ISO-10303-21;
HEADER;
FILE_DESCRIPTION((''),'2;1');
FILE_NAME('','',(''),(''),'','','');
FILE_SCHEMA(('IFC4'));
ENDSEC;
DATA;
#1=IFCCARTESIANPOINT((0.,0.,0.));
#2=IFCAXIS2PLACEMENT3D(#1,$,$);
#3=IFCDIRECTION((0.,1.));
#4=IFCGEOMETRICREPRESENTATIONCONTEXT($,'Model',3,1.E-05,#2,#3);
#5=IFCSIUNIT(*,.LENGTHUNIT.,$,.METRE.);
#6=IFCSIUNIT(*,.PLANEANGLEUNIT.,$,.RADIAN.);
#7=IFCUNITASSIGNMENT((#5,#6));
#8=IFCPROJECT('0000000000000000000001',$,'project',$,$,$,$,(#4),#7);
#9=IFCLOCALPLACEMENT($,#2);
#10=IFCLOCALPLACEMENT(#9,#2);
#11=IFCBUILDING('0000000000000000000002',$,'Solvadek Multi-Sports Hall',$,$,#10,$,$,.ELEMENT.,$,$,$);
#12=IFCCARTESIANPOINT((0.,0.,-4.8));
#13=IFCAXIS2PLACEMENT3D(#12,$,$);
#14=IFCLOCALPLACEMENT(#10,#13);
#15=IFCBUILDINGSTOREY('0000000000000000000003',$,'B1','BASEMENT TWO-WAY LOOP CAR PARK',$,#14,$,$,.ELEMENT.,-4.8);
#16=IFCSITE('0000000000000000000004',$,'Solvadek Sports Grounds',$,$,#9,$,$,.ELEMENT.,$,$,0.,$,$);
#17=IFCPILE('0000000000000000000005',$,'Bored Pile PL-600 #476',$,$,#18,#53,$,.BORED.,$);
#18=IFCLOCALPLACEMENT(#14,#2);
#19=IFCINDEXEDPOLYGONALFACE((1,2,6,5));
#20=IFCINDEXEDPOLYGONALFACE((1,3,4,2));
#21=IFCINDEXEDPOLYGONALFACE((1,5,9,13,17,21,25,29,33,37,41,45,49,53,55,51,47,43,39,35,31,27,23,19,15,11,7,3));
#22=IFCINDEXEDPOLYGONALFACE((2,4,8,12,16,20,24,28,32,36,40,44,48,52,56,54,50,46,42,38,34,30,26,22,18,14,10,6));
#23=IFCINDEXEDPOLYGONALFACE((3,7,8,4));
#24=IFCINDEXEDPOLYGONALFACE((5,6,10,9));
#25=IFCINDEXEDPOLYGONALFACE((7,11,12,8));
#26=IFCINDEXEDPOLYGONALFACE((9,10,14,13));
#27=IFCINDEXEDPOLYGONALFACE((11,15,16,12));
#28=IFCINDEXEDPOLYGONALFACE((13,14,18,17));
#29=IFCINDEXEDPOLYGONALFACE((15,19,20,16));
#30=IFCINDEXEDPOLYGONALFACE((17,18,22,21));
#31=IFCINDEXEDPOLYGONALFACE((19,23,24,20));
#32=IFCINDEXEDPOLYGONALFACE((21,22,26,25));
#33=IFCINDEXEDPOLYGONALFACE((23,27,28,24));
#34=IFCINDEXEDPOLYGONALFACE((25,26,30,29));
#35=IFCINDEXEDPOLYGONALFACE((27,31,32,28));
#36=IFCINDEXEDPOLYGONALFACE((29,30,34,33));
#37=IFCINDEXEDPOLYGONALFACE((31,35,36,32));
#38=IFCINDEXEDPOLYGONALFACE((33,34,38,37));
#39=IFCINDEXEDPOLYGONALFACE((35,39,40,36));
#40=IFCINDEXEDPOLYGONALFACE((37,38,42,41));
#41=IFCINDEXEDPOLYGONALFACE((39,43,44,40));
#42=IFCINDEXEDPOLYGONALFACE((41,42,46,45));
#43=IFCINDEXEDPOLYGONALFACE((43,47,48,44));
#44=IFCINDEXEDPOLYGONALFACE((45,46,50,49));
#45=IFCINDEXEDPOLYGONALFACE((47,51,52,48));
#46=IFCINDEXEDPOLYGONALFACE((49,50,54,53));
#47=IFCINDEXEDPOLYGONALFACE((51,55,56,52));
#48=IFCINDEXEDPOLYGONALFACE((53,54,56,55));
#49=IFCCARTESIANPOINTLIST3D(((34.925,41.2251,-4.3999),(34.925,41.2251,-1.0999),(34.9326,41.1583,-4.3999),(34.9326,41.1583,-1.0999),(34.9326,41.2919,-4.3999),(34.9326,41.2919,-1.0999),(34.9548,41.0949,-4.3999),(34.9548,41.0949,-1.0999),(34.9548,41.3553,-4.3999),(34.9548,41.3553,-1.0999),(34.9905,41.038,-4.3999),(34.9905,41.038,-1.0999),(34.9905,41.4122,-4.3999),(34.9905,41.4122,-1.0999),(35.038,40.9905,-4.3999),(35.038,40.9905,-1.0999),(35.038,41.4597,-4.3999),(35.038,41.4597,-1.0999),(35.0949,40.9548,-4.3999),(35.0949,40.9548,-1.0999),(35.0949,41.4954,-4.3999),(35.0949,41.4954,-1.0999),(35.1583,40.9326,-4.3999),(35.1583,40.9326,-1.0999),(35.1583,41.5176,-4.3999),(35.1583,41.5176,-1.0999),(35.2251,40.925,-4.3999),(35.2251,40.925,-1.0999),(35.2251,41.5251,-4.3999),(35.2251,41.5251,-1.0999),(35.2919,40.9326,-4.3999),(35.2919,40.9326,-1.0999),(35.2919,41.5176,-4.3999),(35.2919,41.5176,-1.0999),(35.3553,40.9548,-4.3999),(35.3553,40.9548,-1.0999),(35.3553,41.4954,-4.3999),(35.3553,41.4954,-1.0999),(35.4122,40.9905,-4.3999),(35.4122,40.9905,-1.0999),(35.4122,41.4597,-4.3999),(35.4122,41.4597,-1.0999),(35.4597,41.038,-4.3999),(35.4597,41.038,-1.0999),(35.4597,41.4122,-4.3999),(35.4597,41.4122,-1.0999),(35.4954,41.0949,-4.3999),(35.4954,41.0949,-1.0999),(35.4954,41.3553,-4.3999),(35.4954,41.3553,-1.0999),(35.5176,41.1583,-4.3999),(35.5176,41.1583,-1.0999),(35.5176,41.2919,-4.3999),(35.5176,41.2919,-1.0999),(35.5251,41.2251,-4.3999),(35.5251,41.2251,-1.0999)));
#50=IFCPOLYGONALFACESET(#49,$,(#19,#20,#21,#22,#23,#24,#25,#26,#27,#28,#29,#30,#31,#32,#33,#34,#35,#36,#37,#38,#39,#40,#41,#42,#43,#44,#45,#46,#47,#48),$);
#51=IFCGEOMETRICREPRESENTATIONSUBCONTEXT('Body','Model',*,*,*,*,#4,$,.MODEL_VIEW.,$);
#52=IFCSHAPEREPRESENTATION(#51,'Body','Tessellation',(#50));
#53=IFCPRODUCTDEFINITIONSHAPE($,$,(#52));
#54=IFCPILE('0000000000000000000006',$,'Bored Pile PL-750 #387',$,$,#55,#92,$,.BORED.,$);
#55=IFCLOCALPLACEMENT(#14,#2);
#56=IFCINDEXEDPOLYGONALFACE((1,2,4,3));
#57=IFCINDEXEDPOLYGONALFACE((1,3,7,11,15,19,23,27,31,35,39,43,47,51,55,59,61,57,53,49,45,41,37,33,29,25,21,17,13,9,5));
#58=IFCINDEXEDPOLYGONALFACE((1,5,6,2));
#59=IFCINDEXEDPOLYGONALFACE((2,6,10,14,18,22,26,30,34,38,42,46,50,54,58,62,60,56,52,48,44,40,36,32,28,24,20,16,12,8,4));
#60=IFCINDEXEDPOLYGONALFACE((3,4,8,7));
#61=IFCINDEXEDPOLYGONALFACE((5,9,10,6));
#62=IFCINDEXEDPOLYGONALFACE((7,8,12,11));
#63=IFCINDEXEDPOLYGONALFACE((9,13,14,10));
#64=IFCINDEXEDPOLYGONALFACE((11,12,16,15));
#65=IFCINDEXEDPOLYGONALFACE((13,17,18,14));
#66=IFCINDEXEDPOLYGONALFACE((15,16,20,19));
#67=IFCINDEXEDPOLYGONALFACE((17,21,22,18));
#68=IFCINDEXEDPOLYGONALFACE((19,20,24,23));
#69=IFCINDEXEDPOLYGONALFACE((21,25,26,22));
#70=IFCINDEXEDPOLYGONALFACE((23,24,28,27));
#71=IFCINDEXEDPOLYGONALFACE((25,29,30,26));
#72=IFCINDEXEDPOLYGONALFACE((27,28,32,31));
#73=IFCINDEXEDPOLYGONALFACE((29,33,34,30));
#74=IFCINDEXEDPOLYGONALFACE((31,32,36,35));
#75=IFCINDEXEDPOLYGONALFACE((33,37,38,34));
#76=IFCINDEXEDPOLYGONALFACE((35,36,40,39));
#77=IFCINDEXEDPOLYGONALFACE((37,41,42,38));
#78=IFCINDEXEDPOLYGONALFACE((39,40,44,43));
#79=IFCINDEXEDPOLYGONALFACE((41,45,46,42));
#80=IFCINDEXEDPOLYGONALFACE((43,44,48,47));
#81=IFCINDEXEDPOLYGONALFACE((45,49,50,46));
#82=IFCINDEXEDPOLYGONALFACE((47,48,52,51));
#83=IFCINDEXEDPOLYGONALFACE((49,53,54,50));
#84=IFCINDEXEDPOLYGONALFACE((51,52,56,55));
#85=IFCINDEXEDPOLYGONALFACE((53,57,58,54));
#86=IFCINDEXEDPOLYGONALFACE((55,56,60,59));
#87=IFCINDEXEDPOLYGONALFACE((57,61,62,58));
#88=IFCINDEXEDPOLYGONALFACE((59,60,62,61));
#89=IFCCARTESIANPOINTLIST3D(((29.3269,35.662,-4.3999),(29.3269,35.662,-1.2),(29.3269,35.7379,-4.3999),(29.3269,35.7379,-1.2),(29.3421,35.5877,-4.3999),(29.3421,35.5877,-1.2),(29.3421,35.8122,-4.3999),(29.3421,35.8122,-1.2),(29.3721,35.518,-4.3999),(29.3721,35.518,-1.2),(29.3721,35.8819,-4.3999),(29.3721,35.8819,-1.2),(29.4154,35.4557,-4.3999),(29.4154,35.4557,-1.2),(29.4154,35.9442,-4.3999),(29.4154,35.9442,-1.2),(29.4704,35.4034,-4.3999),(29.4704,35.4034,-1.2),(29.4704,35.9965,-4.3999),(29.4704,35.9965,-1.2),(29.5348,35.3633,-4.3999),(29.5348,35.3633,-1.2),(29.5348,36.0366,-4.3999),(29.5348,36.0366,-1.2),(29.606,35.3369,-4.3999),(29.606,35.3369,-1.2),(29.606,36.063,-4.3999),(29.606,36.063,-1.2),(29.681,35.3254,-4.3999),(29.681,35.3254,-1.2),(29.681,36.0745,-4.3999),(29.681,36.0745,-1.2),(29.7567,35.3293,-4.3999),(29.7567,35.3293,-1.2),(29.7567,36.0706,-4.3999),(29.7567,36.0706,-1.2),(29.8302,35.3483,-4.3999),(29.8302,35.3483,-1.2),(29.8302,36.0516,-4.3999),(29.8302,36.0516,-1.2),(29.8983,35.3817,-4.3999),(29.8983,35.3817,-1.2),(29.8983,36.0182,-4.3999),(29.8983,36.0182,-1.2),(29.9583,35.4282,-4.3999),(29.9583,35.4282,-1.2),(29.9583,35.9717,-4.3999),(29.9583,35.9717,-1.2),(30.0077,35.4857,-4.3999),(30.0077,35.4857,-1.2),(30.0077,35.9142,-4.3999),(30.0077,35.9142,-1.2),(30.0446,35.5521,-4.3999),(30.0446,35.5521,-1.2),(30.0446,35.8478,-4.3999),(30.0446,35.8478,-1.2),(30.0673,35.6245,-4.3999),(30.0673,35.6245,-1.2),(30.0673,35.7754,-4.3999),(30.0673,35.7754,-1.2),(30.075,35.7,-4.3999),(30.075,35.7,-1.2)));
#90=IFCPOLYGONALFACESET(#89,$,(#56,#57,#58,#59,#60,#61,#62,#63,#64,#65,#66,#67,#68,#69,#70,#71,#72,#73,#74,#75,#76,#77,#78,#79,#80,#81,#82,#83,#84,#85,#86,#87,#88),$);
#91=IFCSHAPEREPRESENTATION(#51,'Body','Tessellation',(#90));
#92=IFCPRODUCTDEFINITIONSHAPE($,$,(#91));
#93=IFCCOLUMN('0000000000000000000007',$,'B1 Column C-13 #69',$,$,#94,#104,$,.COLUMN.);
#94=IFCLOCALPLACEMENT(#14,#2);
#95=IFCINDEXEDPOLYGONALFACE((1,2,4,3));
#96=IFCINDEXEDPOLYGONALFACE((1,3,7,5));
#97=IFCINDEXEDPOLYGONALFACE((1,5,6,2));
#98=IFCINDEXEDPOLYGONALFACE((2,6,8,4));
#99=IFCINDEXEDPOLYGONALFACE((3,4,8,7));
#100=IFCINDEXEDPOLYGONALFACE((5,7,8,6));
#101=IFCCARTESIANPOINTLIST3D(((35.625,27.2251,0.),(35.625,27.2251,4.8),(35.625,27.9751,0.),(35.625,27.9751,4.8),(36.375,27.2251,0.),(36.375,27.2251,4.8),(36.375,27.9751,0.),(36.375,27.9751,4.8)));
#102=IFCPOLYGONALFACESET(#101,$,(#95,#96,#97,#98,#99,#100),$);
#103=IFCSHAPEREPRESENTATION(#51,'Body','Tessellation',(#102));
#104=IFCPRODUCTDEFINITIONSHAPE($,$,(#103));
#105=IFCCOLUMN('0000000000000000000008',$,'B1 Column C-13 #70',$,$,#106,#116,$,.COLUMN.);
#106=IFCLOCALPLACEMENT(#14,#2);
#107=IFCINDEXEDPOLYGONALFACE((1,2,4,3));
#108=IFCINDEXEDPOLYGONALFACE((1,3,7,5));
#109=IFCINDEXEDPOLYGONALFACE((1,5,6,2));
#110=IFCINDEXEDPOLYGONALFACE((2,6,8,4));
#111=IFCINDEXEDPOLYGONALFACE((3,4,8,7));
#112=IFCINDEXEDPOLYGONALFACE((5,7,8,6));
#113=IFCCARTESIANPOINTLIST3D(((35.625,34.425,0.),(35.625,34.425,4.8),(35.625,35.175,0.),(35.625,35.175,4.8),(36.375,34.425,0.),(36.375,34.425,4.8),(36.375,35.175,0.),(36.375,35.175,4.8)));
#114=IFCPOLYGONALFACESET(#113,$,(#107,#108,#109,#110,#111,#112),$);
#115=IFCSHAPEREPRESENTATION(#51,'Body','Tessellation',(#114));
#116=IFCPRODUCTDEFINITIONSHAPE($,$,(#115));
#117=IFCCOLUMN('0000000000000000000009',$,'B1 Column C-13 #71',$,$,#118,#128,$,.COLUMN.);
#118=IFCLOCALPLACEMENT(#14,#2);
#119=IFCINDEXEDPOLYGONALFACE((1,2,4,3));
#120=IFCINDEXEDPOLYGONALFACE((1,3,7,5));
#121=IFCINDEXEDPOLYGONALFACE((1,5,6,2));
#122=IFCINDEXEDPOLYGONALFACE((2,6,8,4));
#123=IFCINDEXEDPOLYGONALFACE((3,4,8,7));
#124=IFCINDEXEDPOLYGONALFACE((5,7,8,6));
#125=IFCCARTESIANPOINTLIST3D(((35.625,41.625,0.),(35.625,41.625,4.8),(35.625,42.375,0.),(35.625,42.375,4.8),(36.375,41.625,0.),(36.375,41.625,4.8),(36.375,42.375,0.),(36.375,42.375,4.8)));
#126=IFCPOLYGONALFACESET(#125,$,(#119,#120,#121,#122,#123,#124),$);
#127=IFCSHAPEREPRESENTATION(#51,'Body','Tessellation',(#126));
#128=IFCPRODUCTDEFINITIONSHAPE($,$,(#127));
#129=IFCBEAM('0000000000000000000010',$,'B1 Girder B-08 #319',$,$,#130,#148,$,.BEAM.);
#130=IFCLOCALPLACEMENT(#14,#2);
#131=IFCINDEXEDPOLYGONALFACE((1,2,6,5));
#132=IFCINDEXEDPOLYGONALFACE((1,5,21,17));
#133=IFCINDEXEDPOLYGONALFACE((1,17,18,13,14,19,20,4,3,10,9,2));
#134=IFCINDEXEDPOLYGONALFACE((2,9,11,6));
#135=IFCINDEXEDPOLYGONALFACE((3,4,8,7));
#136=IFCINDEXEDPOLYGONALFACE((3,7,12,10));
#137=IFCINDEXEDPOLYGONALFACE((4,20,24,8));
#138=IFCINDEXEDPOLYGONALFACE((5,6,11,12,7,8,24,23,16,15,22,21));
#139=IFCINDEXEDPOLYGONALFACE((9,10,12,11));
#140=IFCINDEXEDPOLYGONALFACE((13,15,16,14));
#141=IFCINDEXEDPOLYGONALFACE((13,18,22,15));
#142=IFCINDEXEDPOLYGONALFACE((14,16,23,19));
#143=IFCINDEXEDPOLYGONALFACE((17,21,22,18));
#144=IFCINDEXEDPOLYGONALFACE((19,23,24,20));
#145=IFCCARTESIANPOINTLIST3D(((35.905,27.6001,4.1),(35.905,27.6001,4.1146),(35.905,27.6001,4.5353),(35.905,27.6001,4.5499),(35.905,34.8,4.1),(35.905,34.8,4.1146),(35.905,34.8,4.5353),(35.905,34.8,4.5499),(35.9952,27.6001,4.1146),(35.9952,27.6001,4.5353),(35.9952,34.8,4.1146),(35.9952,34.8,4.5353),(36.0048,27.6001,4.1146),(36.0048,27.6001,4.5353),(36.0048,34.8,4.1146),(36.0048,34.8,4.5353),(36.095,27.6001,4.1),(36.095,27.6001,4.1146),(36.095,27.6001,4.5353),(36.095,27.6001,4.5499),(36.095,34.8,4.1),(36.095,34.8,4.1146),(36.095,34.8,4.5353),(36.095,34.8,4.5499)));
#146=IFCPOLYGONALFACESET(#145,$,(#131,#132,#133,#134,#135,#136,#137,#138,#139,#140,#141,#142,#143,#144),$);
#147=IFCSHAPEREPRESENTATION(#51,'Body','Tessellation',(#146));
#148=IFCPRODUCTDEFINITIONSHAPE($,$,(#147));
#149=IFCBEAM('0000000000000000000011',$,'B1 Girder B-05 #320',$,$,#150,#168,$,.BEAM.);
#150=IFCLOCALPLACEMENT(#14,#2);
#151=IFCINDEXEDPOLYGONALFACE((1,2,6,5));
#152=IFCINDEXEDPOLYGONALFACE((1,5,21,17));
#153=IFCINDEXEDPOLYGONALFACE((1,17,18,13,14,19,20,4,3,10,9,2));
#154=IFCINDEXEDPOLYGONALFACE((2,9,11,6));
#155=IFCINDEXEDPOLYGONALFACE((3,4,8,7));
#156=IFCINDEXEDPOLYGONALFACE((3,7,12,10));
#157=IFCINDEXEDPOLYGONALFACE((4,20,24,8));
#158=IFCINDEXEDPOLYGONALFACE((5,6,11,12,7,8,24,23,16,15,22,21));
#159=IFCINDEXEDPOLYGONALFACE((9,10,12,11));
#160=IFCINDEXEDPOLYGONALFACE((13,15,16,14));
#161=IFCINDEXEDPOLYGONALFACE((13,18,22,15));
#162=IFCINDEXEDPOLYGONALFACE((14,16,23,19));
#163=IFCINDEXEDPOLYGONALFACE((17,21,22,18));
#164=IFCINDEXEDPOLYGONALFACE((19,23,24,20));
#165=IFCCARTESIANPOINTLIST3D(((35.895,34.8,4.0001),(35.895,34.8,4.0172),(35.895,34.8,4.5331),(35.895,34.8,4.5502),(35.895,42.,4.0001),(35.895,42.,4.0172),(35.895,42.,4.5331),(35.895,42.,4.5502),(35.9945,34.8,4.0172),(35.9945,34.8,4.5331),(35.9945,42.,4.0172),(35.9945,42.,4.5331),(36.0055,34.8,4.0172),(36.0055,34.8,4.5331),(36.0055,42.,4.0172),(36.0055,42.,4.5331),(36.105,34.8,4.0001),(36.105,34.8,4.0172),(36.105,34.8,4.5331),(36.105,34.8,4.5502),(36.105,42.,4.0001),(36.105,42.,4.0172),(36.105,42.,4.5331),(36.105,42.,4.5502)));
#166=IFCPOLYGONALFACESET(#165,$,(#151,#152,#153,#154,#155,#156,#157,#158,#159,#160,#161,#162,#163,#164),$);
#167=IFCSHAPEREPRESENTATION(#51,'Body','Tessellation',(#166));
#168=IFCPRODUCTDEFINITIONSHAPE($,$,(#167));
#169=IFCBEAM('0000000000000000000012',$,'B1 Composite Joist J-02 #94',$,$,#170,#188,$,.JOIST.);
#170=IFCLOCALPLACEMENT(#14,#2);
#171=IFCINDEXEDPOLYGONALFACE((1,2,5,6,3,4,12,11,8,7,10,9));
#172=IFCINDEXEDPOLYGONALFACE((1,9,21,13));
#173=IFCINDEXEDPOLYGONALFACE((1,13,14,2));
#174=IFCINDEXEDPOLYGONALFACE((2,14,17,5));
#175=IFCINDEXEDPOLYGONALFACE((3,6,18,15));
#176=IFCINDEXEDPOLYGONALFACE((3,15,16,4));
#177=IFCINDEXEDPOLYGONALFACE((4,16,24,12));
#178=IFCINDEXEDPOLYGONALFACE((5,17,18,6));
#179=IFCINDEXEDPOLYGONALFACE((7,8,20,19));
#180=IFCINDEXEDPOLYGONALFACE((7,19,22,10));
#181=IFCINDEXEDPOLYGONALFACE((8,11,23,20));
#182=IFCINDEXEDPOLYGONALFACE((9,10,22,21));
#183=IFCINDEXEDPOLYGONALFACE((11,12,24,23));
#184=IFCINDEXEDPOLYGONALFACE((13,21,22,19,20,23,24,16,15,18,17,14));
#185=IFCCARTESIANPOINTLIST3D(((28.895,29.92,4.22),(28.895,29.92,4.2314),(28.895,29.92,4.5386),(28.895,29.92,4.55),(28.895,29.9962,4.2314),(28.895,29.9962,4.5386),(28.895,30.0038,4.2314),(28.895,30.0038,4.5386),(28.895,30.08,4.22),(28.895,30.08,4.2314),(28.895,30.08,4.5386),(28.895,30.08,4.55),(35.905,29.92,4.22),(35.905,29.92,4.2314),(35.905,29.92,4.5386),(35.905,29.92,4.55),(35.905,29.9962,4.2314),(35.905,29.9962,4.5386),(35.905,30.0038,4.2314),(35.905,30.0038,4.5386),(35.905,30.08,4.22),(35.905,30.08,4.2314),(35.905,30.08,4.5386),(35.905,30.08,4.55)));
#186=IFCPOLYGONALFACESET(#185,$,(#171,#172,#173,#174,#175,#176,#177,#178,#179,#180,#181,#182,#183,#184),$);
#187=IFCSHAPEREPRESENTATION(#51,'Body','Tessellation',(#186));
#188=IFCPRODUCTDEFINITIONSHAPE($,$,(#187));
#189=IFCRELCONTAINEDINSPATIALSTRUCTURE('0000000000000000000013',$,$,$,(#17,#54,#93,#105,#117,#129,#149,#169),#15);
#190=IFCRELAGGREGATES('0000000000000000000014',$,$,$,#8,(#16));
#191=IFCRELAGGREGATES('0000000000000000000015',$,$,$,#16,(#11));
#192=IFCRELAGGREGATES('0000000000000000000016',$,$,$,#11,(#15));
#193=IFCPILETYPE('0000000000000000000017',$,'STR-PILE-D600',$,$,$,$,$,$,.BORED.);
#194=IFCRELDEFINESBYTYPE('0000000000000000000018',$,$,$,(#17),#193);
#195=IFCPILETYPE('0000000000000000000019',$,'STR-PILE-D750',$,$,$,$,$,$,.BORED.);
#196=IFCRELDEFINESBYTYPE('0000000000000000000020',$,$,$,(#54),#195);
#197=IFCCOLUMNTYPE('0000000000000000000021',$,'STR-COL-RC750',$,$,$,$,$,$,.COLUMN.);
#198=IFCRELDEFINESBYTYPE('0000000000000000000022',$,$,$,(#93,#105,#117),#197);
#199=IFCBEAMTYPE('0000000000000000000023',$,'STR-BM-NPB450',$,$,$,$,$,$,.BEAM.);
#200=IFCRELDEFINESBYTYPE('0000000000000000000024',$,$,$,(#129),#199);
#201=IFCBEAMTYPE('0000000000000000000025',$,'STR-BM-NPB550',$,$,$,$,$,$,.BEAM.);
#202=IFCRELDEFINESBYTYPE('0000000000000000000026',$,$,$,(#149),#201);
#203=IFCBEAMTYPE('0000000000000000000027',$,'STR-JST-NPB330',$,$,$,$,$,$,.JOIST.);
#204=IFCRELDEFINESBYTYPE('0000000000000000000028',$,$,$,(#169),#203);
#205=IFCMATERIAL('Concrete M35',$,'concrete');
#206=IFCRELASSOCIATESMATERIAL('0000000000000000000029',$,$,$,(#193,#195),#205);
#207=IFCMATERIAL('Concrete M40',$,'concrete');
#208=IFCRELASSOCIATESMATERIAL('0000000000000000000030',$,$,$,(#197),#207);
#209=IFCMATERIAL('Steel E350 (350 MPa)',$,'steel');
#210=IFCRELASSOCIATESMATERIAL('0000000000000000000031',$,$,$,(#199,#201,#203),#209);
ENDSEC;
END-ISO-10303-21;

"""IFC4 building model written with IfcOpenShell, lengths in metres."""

from ifc_helpers import new_model, si_unit, direction, frame, origin, origin_2d, place, context, subcontext, project, spatial, rectangle, circle, i_section, extrude, material, material_profile, profile_set, type_object, element, save


model = new_model("IFC4")

# Units and contexts
model_context = context("Model", 3, precision=1e-05, world=origin(), true_north=direction((0.0, 1.0)))
body_context = subcontext(model_context, "Body", "Model", "MODEL_VIEW")
ifc_project = project(units=[si_unit("LENGTHUNIT", "METRE"), si_unit("PLANEANGLEUNIT", "RADIAN")], contexts=[model_context])

# Site, building, storey
site_placement = place(None, origin())
site = spatial("IfcSite", under=ifc_project, at=site_placement, Name="Solvadek Sports Grounds", CompositionType="ELEMENT", RefElevation=0.0)
building_placement = place(site_placement, origin())
building = spatial("IfcBuilding", under=site, at=building_placement, Name="Solvadek Multi-Sports Hall", CompositionType="ELEMENT")
storey_placement = place(building_placement, frame((0.0, 0.0, -4.8)))
storey = spatial("IfcBuildingStorey", under=building, at=storey_placement, Name="B1", Description="BASEMENT TWO-WAY LOOP CAR PARK", CompositionType="ELEMENT", Elevation=-4.8)

# Shared definitions
ifc_material_1 = material(Name="Concrete M40", Category="concrete")

# Piles
ifc_material_2 = material(Name="Concrete M35", Category="concrete")
ifc_material_profile_1 = material_profile(ifc_material_2, circle(Radius=0.3, at=origin_2d()), Name="BORED PILE D600")
ifc_profile_set_1 = profile_set([ifc_material_profile_1], Name="Concrete M35")
pile_type_1 = type_object("IfcPileType", Name="STR-PILE-D600", PredefinedType="BORED", material=ifc_profile_set_1)
for number, where, z_axis, x_axis, name in (
    (1, (35.2251, 41.2251, -1.0999), (0.0, 0.0, -1.0), (1.0, 0.0, 0.0), "Bored Pile PL-600 #476"),
):
    element("IfcPile", number, at=place(storey_placement, frame(where, z_axis=z_axis, x_axis=x_axis)), inside=storey, type_object=pile_type_1, Name=name, PredefinedType="BORED", context=body_context, shape_type="SweptSolid", body=[
        extrude(circle(Radius=0.3, at=origin_2d()), origin(), (0.0, 0.0, 1.0), 3.3),
    ])
ifc_material_profile_2 = material_profile(ifc_material_2, circle(Radius=0.375, at=origin_2d()), Name="BORED PILE D750")
ifc_profile_set_2 = profile_set([ifc_material_profile_2], Name="Concrete M35")
pile_type_2 = type_object("IfcPileType", Name="STR-PILE-D750", PredefinedType="BORED", material=ifc_profile_set_2)
pile_1_placement = place(storey_placement, frame((29.7, 35.7, -1.2), z_axis=(0.0, 0.0, -1.0), x_axis=(1.0, 0.0, 0.0)))
element("IfcPile", 2, at=pile_1_placement, inside=storey, type_object=pile_type_2, Name="Bored Pile PL-750 #387", PredefinedType="BORED", context=body_context, shape_type="SweptSolid", body=[
    extrude(circle(Radius=0.375, at=origin_2d()), origin(), (0.0, 0.0, 1.0), 3.2),
])

# Columns
ifc_material_profile_3 = material_profile(ifc_material_1, rectangle(XDim=0.75, YDim=0.75, at=origin_2d()), Name="RC 750x750")
ifc_profile_set_3 = profile_set([ifc_material_profile_3], Name="Concrete M40")
column_type = type_object("IfcColumnType", Name="STR-COL-RC750", PredefinedType="COLUMN", material=ifc_profile_set_3)
for number, where, z_axis, x_axis, name in (
    (3, (36.0, 27.6001, 0.0), (0.0, 0.0, 1.0), (1.0, 0.0, 0.0), "B1 Column C-13 #69"),
    (4, (36.0, 34.8, 0.0), (0.0, 0.0, 1.0), (1.0, 0.0, 0.0), "B1 Column C-13 #70"),
    (5, (36.0, 42.0, 0.0), (0.0, 0.0, 1.0), (1.0, 0.0, 0.0), "B1 Column C-13 #71"),
):
    element("IfcColumn", number, at=place(storey_placement, frame(where, z_axis=z_axis, x_axis=x_axis)), inside=storey, type_object=column_type, Name=name, PredefinedType="COLUMN", context=body_context, shape_type="SweptSolid", body=[
        extrude(rectangle(XDim=0.75, YDim=0.75, at=origin_2d()), origin(), (0.0, 0.0, 1.0), 4.8),
    ])

# Beams
ifc_material_3 = material(Name="Steel E350 (350 MPa)", Category="steel")
ifc_material_profile_4 = material_profile(ifc_material_3, i_section(OverallWidth=0.1899, OverallDepth=0.45, WebThickness=0.0095, FlangeThickness=0.0146, at=origin_2d()), Name="NPB 450")
ifc_profile_set_4 = profile_set([ifc_material_profile_4], Name="Steel E350 (350 MPa)")
beam_type_1 = type_object("IfcBeamType", Name="STR-BM-NPB450", PredefinedType="BEAM", material=ifc_profile_set_4)
beam_1_placement = place(storey_placement, frame((36.0, 27.6001, 4.325), z_axis=(0.0, 1.0, 0.0), x_axis=(-1.0, 0.0, 0.0)))
element("IfcBeam", 6, at=beam_1_placement, inside=storey, type_object=beam_type_1, Name="B1 Girder B-08 #319", PredefinedType="BEAM", context=body_context, shape_type="SweptSolid", body=[
    extrude(i_section(OverallWidth=0.1899, OverallDepth=0.45, WebThickness=0.0095, FlangeThickness=0.0146, at=origin_2d()), origin(), (0.0, 0.0, 1.0), 7.2),
])
ifc_material_profile_5 = material_profile(ifc_material_3, i_section(OverallWidth=0.21, OverallDepth=0.55, WebThickness=0.011, FlangeThickness=0.0171, at=origin_2d()), Name="NPB 550")
ifc_profile_set_5 = profile_set([ifc_material_profile_5], Name="Steel E350 (350 MPa)")
beam_type_2 = type_object("IfcBeamType", Name="STR-BM-NPB550", PredefinedType="BEAM", material=ifc_profile_set_5)
beam_2_placement = place(storey_placement, frame((36.0, 34.8, 4.2751), z_axis=(0.0, 1.0, 0.0), x_axis=(-1.0, 0.0, 0.0)))
element("IfcBeam", 7, at=beam_2_placement, inside=storey, type_object=beam_type_2, Name="B1 Girder B-05 #320", PredefinedType="BEAM", context=body_context, shape_type="SweptSolid", body=[
    extrude(i_section(OverallWidth=0.21, OverallDepth=0.55, WebThickness=0.011, FlangeThickness=0.0171, at=origin_2d()), origin(), (0.0, 0.0, 1.0), 7.2),
])
ifc_material_profile_6 = material_profile(ifc_material_3, i_section(OverallWidth=0.1599, OverallDepth=0.3301, WebThickness=0.0076, FlangeThickness=0.0115, at=origin_2d()), Name="NPB 330")
ifc_profile_set_6 = profile_set([ifc_material_profile_6], Name="Steel E350 (350 MPa)")
beam_type_3 = type_object("IfcBeamType", Name="STR-JST-NPB330", PredefinedType="JOIST", material=ifc_profile_set_6)
for number, where, z_axis, x_axis, name in (
    (8, (28.895, 30.0, 4.385), (1.0, 0.0, 0.0), (0.0, 1.0, 0.0), "B1 Composite Joist J-02 #94"),
):
    element("IfcBeam", number, at=place(storey_placement, frame(where, z_axis=z_axis, x_axis=x_axis)), inside=storey, type_object=beam_type_3, Name=name, PredefinedType="JOIST", context=body_context, shape_type="SweptSolid", body=[
        extrude(i_section(OverallWidth=0.1599, OverallDepth=0.3301, WebThickness=0.0076, FlangeThickness=0.0115, at=origin_2d()), origin(), (0.0, 0.0, 1.0), 7.01),
    ])

save(model, "model.ifc")
